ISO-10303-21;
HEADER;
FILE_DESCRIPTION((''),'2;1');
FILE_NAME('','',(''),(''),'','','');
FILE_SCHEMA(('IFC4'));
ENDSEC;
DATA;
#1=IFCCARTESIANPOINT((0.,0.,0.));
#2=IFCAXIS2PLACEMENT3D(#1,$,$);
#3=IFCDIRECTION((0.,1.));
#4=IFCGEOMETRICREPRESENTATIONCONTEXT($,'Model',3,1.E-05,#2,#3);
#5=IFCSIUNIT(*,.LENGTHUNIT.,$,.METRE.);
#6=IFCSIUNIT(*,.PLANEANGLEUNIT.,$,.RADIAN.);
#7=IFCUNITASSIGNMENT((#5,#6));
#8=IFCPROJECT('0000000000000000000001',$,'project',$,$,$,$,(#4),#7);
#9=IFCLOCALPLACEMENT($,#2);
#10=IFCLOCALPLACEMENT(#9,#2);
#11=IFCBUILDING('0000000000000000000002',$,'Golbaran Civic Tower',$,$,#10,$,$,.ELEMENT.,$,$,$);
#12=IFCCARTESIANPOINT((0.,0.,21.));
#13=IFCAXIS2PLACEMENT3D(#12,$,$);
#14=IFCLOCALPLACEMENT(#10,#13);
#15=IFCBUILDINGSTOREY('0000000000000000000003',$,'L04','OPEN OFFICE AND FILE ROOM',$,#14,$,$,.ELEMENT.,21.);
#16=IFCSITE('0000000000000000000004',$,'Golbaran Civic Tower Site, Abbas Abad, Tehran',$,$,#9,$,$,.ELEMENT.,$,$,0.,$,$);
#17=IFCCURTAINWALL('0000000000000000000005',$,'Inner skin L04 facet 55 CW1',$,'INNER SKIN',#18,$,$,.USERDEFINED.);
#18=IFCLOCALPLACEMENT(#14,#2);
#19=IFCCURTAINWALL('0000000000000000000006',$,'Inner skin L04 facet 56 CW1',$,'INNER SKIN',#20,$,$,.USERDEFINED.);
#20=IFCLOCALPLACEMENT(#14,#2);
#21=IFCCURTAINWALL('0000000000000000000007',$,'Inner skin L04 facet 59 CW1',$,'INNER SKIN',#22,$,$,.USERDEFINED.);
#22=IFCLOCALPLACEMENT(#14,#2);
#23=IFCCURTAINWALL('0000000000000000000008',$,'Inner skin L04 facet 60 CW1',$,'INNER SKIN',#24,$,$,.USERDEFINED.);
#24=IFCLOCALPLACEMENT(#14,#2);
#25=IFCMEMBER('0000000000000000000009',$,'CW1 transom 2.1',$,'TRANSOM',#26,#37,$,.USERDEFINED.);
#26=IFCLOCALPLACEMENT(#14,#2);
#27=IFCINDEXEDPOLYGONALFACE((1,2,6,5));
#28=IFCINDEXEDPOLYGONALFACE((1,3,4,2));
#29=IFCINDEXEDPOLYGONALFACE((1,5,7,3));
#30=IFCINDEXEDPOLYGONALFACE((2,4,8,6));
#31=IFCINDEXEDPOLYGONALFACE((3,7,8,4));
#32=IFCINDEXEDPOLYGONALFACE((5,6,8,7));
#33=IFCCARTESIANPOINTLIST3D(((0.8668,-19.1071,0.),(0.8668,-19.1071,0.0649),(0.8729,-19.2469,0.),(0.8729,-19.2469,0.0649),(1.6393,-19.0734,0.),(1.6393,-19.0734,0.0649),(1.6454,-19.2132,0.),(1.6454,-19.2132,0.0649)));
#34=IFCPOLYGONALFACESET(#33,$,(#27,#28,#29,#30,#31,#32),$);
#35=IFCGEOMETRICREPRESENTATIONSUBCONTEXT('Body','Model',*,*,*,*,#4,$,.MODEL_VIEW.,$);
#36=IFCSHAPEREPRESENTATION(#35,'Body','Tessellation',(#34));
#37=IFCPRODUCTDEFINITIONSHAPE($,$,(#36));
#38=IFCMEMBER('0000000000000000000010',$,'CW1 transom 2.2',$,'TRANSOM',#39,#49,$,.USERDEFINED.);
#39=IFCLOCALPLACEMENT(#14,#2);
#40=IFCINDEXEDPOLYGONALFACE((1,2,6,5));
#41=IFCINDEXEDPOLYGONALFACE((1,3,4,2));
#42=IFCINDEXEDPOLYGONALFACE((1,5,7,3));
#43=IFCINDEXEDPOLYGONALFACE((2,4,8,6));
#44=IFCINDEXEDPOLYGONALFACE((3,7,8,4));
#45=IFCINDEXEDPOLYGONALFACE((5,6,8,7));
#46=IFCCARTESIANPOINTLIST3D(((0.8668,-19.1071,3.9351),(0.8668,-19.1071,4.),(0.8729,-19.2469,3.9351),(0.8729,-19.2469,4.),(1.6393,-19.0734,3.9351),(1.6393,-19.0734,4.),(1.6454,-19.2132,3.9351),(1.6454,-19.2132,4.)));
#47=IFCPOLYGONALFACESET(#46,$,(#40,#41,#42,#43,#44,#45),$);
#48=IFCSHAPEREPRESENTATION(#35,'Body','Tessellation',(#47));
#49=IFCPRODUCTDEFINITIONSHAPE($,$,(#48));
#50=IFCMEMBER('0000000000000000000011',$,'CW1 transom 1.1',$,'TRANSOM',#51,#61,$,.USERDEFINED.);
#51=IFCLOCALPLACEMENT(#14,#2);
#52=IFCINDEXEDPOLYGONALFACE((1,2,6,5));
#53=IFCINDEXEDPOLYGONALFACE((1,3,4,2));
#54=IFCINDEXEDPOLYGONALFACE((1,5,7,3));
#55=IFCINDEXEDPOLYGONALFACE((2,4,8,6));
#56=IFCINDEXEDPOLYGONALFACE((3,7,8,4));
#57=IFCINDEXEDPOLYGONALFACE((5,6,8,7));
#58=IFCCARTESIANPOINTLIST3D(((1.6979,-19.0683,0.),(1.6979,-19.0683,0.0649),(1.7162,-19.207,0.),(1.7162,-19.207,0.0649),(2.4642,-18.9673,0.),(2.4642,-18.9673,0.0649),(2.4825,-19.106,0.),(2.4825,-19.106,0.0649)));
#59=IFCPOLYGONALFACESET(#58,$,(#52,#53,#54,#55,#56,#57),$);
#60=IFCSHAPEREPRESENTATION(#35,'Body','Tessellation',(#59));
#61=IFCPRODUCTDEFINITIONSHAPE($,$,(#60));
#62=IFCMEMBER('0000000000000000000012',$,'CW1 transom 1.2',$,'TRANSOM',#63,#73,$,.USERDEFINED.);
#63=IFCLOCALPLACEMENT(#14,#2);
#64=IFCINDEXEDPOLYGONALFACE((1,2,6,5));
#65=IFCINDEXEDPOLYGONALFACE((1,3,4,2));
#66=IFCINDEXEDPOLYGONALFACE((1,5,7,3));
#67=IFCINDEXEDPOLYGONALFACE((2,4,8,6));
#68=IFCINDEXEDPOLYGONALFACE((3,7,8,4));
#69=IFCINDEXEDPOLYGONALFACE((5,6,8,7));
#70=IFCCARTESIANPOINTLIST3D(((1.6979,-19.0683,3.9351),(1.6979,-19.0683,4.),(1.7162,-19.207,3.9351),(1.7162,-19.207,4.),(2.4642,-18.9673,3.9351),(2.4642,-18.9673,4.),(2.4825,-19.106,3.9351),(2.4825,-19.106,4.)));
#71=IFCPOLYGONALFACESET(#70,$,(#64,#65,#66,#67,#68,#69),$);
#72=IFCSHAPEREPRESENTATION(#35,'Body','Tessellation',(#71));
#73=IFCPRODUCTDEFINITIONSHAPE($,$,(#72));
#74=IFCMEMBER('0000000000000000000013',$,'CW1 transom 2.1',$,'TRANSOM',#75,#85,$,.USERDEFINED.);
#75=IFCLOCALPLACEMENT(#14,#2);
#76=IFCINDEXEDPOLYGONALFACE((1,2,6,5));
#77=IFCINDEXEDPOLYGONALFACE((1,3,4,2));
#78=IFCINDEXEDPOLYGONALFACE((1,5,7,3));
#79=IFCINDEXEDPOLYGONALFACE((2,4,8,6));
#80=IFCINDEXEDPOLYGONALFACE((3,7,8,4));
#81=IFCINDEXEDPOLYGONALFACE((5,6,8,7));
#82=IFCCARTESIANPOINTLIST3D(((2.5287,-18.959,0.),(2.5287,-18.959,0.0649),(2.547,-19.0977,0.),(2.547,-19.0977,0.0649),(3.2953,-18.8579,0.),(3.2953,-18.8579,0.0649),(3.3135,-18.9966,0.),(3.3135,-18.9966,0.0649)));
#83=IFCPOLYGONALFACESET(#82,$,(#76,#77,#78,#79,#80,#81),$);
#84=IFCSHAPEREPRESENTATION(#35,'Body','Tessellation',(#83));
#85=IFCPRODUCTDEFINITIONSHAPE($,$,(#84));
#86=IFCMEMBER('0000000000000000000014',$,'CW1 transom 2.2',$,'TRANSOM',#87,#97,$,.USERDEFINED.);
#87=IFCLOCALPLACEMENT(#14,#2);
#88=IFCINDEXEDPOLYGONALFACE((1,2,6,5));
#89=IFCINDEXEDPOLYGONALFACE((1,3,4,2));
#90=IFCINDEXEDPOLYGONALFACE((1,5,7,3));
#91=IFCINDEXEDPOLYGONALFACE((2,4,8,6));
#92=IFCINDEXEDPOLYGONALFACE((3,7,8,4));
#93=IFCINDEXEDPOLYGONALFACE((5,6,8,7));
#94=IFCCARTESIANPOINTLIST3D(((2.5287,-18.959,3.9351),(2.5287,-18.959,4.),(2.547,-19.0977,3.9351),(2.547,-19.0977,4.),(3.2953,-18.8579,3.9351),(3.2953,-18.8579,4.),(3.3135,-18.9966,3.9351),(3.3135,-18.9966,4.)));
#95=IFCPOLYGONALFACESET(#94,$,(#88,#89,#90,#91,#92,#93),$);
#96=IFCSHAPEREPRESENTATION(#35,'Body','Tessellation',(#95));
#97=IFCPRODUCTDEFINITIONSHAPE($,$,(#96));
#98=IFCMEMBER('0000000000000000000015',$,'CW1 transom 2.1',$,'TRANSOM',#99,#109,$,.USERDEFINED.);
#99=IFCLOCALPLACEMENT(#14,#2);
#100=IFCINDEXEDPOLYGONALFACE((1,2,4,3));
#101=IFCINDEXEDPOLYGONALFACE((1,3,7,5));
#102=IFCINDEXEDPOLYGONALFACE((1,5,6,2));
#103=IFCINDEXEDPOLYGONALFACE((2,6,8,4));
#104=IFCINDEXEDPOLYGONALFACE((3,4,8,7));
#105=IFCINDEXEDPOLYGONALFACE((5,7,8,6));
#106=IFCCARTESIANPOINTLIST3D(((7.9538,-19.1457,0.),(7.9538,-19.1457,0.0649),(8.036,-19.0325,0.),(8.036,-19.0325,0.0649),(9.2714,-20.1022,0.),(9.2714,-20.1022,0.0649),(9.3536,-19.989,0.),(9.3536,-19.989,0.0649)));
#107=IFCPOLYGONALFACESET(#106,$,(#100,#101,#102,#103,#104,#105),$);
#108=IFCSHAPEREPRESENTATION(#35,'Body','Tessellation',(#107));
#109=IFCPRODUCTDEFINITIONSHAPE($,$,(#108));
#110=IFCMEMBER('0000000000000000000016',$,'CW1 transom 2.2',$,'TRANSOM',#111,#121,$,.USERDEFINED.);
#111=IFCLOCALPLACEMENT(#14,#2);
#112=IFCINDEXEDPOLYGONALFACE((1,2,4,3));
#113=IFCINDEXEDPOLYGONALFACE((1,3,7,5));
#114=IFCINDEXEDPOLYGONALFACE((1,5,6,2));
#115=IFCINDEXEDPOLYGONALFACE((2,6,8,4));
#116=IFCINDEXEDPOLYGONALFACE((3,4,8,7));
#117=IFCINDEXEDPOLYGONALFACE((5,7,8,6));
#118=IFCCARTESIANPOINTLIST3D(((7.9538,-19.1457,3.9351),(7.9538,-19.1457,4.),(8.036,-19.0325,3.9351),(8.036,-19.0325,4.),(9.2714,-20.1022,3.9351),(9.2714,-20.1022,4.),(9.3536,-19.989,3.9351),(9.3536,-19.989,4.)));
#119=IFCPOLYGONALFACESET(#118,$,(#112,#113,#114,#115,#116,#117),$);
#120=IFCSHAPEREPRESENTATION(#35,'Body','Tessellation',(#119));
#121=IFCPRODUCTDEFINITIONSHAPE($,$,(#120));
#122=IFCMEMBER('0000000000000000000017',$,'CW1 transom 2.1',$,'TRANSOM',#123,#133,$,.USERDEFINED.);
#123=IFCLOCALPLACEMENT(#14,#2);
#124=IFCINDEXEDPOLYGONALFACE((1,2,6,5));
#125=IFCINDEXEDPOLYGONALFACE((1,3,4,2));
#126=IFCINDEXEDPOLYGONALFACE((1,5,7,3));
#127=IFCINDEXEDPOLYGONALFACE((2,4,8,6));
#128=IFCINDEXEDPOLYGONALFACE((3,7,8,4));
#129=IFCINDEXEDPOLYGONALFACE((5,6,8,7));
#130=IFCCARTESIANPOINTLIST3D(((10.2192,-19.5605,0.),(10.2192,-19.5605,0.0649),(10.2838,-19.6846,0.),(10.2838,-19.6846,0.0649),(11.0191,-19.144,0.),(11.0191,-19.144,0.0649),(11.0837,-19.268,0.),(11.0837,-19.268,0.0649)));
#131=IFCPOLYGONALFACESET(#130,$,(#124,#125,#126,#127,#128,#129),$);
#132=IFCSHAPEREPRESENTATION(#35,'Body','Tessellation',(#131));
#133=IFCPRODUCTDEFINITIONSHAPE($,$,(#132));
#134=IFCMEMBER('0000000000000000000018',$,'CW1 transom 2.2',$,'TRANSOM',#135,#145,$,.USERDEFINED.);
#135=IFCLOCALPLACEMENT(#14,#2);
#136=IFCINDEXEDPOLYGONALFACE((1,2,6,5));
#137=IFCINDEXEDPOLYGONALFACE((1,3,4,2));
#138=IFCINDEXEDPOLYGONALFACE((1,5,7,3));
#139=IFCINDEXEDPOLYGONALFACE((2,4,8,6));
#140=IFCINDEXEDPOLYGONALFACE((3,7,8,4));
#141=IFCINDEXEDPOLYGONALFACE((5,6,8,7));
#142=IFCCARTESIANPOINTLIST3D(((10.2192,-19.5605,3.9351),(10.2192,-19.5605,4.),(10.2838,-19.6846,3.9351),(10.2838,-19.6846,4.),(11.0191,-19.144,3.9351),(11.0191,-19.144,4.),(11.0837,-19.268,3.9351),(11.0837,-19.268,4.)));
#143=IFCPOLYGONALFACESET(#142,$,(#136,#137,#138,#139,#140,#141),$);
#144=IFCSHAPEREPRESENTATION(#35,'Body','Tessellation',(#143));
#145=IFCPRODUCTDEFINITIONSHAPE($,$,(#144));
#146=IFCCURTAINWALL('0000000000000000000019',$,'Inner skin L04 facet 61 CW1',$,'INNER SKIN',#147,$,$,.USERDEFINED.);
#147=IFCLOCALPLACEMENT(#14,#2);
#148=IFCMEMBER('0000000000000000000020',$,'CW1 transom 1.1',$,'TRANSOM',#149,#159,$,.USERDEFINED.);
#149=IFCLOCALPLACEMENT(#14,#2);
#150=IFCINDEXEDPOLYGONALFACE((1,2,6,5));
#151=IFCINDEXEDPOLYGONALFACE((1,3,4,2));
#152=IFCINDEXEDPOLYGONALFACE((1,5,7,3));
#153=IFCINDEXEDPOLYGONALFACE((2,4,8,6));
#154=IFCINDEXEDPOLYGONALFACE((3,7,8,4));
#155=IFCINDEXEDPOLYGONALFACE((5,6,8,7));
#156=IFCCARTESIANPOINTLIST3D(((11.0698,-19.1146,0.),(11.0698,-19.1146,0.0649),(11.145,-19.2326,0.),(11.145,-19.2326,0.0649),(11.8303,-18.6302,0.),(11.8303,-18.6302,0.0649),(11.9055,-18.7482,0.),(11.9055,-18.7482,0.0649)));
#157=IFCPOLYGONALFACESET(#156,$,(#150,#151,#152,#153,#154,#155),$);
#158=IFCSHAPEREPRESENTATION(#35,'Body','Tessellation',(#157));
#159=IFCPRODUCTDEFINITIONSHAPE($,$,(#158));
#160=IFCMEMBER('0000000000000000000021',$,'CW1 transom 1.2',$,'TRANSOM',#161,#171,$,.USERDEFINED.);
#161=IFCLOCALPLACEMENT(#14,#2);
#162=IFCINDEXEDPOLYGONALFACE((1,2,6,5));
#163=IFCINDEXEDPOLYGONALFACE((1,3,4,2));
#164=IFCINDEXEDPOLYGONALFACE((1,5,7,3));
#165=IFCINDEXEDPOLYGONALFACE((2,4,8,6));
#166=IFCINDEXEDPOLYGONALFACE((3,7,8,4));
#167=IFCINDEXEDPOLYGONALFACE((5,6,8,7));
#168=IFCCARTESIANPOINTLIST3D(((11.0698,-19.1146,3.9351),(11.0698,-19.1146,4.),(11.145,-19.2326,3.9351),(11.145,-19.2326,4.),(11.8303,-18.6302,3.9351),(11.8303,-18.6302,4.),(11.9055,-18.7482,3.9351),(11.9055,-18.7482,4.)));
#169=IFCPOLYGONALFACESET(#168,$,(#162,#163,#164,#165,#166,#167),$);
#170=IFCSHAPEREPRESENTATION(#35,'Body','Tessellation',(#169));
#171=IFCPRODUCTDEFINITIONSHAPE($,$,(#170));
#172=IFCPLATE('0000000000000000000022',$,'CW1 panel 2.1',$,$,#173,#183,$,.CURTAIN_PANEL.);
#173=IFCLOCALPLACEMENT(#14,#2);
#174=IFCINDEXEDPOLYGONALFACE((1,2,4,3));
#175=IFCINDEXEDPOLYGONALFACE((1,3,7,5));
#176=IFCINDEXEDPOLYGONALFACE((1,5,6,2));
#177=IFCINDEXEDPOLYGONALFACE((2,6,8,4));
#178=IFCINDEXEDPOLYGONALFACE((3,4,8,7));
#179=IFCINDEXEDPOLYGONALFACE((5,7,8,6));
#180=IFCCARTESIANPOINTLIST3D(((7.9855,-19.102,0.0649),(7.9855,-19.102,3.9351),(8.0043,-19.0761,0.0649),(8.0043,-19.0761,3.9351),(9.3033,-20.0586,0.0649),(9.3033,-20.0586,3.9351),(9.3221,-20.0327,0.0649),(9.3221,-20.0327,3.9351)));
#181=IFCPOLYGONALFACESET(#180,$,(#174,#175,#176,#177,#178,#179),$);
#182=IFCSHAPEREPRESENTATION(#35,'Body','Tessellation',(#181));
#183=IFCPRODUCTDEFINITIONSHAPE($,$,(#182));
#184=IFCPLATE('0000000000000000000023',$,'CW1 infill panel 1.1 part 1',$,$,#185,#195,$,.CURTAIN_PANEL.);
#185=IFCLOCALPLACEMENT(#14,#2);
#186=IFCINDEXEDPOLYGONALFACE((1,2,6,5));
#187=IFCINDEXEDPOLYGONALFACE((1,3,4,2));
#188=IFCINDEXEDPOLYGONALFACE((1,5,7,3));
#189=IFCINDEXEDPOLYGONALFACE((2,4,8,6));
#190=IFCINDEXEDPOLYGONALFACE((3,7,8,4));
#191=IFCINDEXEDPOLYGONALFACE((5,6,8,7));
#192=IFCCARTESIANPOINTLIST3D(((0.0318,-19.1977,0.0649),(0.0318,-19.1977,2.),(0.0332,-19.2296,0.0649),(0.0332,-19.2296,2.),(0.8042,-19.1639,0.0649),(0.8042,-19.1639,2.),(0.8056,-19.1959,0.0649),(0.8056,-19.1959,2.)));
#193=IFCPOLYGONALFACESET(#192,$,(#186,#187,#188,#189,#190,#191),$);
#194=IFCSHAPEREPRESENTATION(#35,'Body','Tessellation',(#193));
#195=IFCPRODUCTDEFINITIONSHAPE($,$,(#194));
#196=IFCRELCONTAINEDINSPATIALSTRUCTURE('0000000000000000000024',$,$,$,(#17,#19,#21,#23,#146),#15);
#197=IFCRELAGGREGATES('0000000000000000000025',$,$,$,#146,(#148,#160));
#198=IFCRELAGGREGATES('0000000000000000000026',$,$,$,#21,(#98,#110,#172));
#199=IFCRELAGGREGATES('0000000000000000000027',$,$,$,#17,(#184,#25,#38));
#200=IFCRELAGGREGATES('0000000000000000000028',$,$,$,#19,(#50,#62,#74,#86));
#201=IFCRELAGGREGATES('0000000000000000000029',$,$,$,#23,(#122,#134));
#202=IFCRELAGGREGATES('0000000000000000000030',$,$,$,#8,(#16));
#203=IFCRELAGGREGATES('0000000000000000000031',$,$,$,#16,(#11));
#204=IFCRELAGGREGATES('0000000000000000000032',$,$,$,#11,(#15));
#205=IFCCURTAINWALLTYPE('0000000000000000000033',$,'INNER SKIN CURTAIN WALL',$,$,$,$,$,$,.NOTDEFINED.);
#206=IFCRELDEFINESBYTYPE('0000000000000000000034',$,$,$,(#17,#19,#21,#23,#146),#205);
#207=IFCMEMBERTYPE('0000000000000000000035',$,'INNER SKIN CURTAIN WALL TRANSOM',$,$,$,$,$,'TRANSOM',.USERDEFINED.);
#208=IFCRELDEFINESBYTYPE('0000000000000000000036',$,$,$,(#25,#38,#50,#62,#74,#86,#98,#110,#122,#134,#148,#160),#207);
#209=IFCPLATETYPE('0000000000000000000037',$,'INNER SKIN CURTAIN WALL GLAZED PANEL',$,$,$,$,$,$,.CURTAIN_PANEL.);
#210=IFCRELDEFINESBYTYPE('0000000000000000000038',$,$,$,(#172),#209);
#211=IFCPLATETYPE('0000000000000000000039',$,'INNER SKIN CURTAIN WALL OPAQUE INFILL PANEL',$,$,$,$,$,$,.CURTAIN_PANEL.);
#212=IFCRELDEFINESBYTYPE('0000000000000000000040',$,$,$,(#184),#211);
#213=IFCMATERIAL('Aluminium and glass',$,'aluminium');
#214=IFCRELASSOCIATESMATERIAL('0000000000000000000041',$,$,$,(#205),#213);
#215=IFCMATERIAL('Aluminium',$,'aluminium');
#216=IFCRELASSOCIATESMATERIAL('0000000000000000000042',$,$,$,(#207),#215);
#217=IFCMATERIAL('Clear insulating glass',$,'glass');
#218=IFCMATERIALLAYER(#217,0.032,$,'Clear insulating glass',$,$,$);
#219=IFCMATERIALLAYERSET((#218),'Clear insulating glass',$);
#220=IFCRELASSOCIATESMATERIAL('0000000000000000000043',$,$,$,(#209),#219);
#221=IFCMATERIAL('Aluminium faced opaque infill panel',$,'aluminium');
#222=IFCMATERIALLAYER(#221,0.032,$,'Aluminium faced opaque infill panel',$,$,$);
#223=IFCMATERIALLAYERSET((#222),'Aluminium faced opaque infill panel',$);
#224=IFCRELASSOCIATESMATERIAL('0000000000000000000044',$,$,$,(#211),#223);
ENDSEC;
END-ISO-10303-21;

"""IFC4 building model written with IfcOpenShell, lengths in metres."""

from ifc_helpers import new_model, si_unit, direction, frame, origin, origin_2d, place, context, subcontext, project, spatial, rectangle, extrude, material, layer, layer_set, material_profile, profile_set, type_object, element, aggregate, save


model = new_model("IFC4")

# Units and contexts
model_context = context("Model", 3, precision=1e-05, world=origin(), true_north=direction((0.0, 1.0)))
body_context = subcontext(model_context, "Body", "Model", "MODEL_VIEW")
ifc_project = project(units=[si_unit("LENGTHUNIT", "METRE"), si_unit("PLANEANGLEUNIT", "RADIAN")], contexts=[model_context])

# Site, building, storey
site_placement = place(None, origin())
site = spatial("IfcSite", under=ifc_project, at=site_placement, Name="Golbaran Civic Tower Site, Abbas Abad, Tehran", CompositionType="ELEMENT", RefElevation=0.0)
building_placement = place(site_placement, origin())
building = spatial("IfcBuilding", under=site, at=building_placement, Name="Golbaran Civic Tower", CompositionType="ELEMENT")
storey_placement = place(building_placement, frame((0.0, 0.0, 21.0)))
storey = spatial("IfcBuildingStorey", under=building, at=storey_placement, Name="L04", Description="OPEN OFFICE AND FILE ROOM", CompositionType="ELEMENT", Elevation=21.0)

# Shared definitions
ifc_material_1 = material(Name="Aluminium and glass", Category="aluminium")
curtain_wall_type = type_object("IfcCurtainWallType", Name="INNER SKIN CURTAIN WALL", PredefinedType="NOTDEFINED", material=ifc_material_1)
ifc_material_2 = material(Name="Aluminium", Category="aluminium")

# Curtain wall
curtain_wall_1_placement = place(storey_placement, origin())
curtain_wall_1 = element("IfcCurtainWall", 1, at=curtain_wall_1_placement, inside=storey, type_object=curtain_wall_type, Name="Inner skin L04 facet 55 CW1", ObjectType="INNER SKIN", PredefinedType="USERDEFINED")

# Curtain walls
curtain_wall_2_placement = place(storey_placement, origin())
curtain_wall_2 = element("IfcCurtainWall", 2, at=curtain_wall_2_placement, inside=storey, type_object=curtain_wall_type, Name="Inner skin L04 facet 56 CW1", ObjectType="INNER SKIN", PredefinedType="USERDEFINED")
curtain_wall_3_placement = place(storey_placement, origin())
curtain_wall_3 = element("IfcCurtainWall", 3, at=curtain_wall_3_placement, inside=storey, type_object=curtain_wall_type, Name="Inner skin L04 facet 59 CW1", ObjectType="INNER SKIN", PredefinedType="USERDEFINED")

# Curtain wall
curtain_wall_4_placement = place(storey_placement, origin())
curtain_wall_4 = element("IfcCurtainWall", 4, at=curtain_wall_4_placement, inside=storey, type_object=curtain_wall_type, Name="Inner skin L04 facet 60 CW1", ObjectType="INNER SKIN", PredefinedType="USERDEFINED")

# Members
ifc_material_profile_1 = material_profile(ifc_material_2, rectangle(XDim=0.1399, YDim=0.0649, at=origin_2d()), Name="INNER SKIN CURTAIN WALL TRANSOM")
ifc_profile_set_1 = profile_set([ifc_material_profile_1], Name="Aluminium")
member_type_1 = type_object("IfcMemberType", Name="INNER SKIN CURTAIN WALL TRANSOM", ElementType="TRANSOM", PredefinedType="USERDEFINED", material=ifc_profile_set_1)
member_1_placement = place(storey_placement, frame((0.8699, -19.177, 0.0325), z_axis=(0.99905, 0.043574, 0.0), x_axis=(-0.043574, 0.99905, 0.0)))
member_1 = element("IfcMember", 5, at=member_1_placement, type_object=member_type_1, Name="CW1 transom 2.1", ObjectType="TRANSOM", PredefinedType="USERDEFINED", context=body_context, shape_type="SweptSolid", body=[
    extrude(rectangle(XDim=0.1399, YDim=0.0649, at=origin_2d()), origin(), (0.0, 0.0, 1.0), 0.7732),
])
member_2_placement = place(storey_placement, frame((0.8699, -19.177, 3.9675), z_axis=(0.99905, 0.043574, 0.0), x_axis=(-0.043574, 0.99905, 0.0)))
member_2 = element("IfcMember", 6, at=member_2_placement, type_object=member_type_1, Name="CW1 transom 2.2", ObjectType="TRANSOM", PredefinedType="USERDEFINED", context=body_context, shape_type="SweptSolid", body=[
    extrude(rectangle(XDim=0.1399, YDim=0.0649, at=origin_2d()), origin(), (0.0, 0.0, 1.0), 0.7732),
])
member_3_placement = place(storey_placement, frame((1.707, -19.1377, 0.0325), z_axis=(0.991414, 0.130757, 0.0), x_axis=(-0.130757, 0.991414, 0.0)))
member_3 = element("IfcMember", 7, at=member_3_placement, type_object=member_type_1, Name="CW1 transom 1.1", ObjectType="TRANSOM", PredefinedType="USERDEFINED", context=body_context, shape_type="SweptSolid", body=[
    extrude(rectangle(XDim=0.1399, YDim=0.0649, at=origin_2d()), origin(), (0.0, 0.0, 1.0), 0.7729),
])
member_4_placement = place(storey_placement, frame((1.707, -19.1377, 3.9675), z_axis=(0.991414, 0.130757, 0.0), x_axis=(-0.130757, 0.991414, 0.0)))
member_4 = element("IfcMember", 8, at=member_4_placement, type_object=member_type_1, Name="CW1 transom 1.2", ObjectType="TRANSOM", PredefinedType="USERDEFINED", context=body_context, shape_type="SweptSolid", body=[
    extrude(rectangle(XDim=0.1399, YDim=0.0649, at=origin_2d()), origin(), (0.0, 0.0, 1.0), 0.7729),
])
member_5_placement = place(storey_placement, frame((2.5378, -19.0283, 0.0325), z_axis=(0.99142, 0.130716, 0.0), x_axis=(-0.130716, 0.99142, 0.0)))
member_5 = element("IfcMember", 9, at=member_5_placement, type_object=member_type_1, Name="CW1 transom 2.1", ObjectType="TRANSOM", PredefinedType="USERDEFINED", context=body_context, shape_type="SweptSolid", body=[
    extrude(rectangle(XDim=0.1399, YDim=0.0649, at=origin_2d()), origin(), (0.0, 0.0, 1.0), 0.7732),
])
member_6_placement = place(storey_placement, frame((2.5378, -19.0283, 3.9675), z_axis=(0.99142, 0.130716, 0.0), x_axis=(-0.130716, 0.99142, 0.0)))
member_6 = element("IfcMember", 10, at=member_6_placement, type_object=member_type_1, Name="CW1 transom 2.2", ObjectType="TRANSOM", PredefinedType="USERDEFINED", context=body_context, shape_type="SweptSolid", body=[
    extrude(rectangle(XDim=0.1399, YDim=0.0649, at=origin_2d()), origin(), (0.0, 0.0, 1.0), 0.7732),
])
member_7_placement = place(storey_placement, frame((7.9949, -19.0891, 0.0325), z_axis=(0.809242, -0.587476, 0.0), x_axis=(0.587476, 0.809242, 0.0)))
member_7 = element("IfcMember", 11, at=member_7_placement, type_object=member_type_1, Name="CW1 transom 2.1", ObjectType="TRANSOM", PredefinedType="USERDEFINED", context=body_context, shape_type="SweptSolid", body=[
    extrude(rectangle(XDim=0.1399, YDim=0.0649, at=origin_2d()), origin(), (0.0, 0.0, 1.0), 1.6282),
])
member_8_placement = place(storey_placement, frame((7.9949, -19.0891, 3.9675), z_axis=(0.809242, -0.587476, 0.0), x_axis=(0.587476, 0.809242, 0.0)))
member_8 = element("IfcMember", 12, at=member_8_placement, type_object=member_type_1, Name="CW1 transom 2.2", ObjectType="TRANSOM", PredefinedType="USERDEFINED", context=body_context, shape_type="SweptSolid", body=[
    extrude(rectangle(XDim=0.1399, YDim=0.0649, at=origin_2d()), origin(), (0.0, 0.0, 1.0), 1.6282),
])
member_9_placement = place(storey_placement, frame((10.2515, -19.6226, 0.0325), z_axis=(0.886942, 0.461881, 0.0), x_axis=(-0.461881, 0.886942, 0.0)))
member_9 = element("IfcMember", 13, at=member_9_placement, type_object=member_type_1, Name="CW1 transom 2.1", ObjectType="TRANSOM", PredefinedType="USERDEFINED", context=body_context, shape_type="SweptSolid", body=[
    extrude(rectangle(XDim=0.1399, YDim=0.0649, at=origin_2d()), origin(), (0.0, 0.0, 1.0), 0.9019),
])
member_10_placement = place(storey_placement, frame((10.2515, -19.6226, 3.9675), z_axis=(0.886942, 0.461881, 0.0), x_axis=(-0.461881, 0.886942, 0.0)))
member_10 = element("IfcMember", 14, at=member_10_placement, type_object=member_type_1, Name="CW1 transom 2.2", ObjectType="TRANSOM", PredefinedType="USERDEFINED", context=body_context, shape_type="SweptSolid", body=[
    extrude(rectangle(XDim=0.1399, YDim=0.0649, at=origin_2d()), origin(), (0.0, 0.0, 1.0), 0.9019),
])

# Curtain wall, members
curtain_wall_5_placement = place(storey_placement, origin())
curtain_wall_5 = element("IfcCurtainWall", 15, at=curtain_wall_5_placement, inside=storey, type_object=curtain_wall_type, Name="Inner skin L04 facet 61 CW1", ObjectType="INNER SKIN", PredefinedType="USERDEFINED")
member_11_placement = place(storey_placement, frame((11.1074, -19.1736, 0.0325), z_axis=(0.84345, 0.537208, 0.0), x_axis=(-0.537208, 0.84345, 0.0)))
member_11 = element("IfcMember", 16, at=member_11_placement, type_object=member_type_1, Name="CW1 transom 1.1", ObjectType="TRANSOM", PredefinedType="USERDEFINED", context=body_context, shape_type="SweptSolid", body=[
    extrude(rectangle(XDim=0.1399, YDim=0.0649, at=origin_2d()), origin(), (0.0, 0.0, 1.0), 0.9016),
])
member_12_placement = place(storey_placement, frame((11.1074, -19.1736, 3.9675), z_axis=(0.84345, 0.537208, 0.0), x_axis=(-0.537208, 0.84345, 0.0)))
member_12 = element("IfcMember", 17, at=member_12_placement, type_object=member_type_1, Name="CW1 transom 1.2", ObjectType="TRANSOM", PredefinedType="USERDEFINED", context=body_context, shape_type="SweptSolid", body=[
    extrude(rectangle(XDim=0.1399, YDim=0.0649, at=origin_2d()), origin(), (0.0, 0.0, 1.0), 0.9016),
])
aggregate(curtain_wall_5, [member_11, member_12])

# Plates
ifc_material_3 = material(Name="Clear insulating glass", Category="glass")
ifc_layer_1 = layer(ifc_material_3, 0.032, Name="Clear insulating glass")
ifc_layer_set_1 = layer_set([ifc_layer_1], Name="Clear insulating glass")
plate_type_1 = type_object("IfcPlateType", Name="INNER SKIN CURTAIN WALL GLAZED PANEL", PredefinedType="CURTAIN_PANEL", material=ifc_layer_set_1)
plate_1_placement = place(storey_placement, frame((8.6538, -19.5674, 0.0649), z_axis=(0.0, 0.0, 1.0), x_axis=(0.809274, -0.587431, 0.0)))
plate_1 = element("IfcPlate", 18, at=plate_1_placement, type_object=plate_type_1, Name="CW1 panel 2.1", PredefinedType="CURTAIN_PANEL", context=body_context, shape_type="SweptSolid", body=[
    extrude(rectangle(XDim=1.6284, YDim=0.032, at=origin_2d()), origin(), (0.0, 0.0, 1.0), 3.8701),
])
aggregate(curtain_wall_3, [member_7, member_8, plate_1])
ifc_material_4 = material(Name="Aluminium faced opaque infill panel", Category="aluminium")
ifc_layer_2 = layer(ifc_material_4, 0.032, Name="Aluminium faced opaque infill panel")
ifc_layer_set_2 = layer_set([ifc_layer_2], Name="Aluminium faced opaque infill panel")
plate_type_2 = type_object("IfcPlateType", Name="INNER SKIN CURTAIN WALL OPAQUE INFILL PANEL", PredefinedType="CURTAIN_PANEL", material=ifc_layer_set_2)
plate_2_placement = place(storey_placement, frame((0.4187, -19.1968, 0.0649), z_axis=(0.0, 0.0, 1.0), x_axis=(0.999048, 0.043619, 0.0)))
plate_2 = element("IfcPlate", 19, at=plate_2_placement, type_object=plate_type_2, Name="CW1 infill panel 1.1 part 1", PredefinedType="CURTAIN_PANEL", context=body_context, shape_type="SweptSolid", body=[
    extrude(rectangle(XDim=0.7732, YDim=0.032, at=origin_2d()), origin(), (0.0, 0.0, 1.0), 1.9351),
])
aggregate(curtain_wall_1, [plate_2, member_1, member_2])
aggregate(curtain_wall_2, [member_3, member_4, member_5, member_6])
aggregate(curtain_wall_4, [member_9, member_10])

save(model, "model.ifc")
